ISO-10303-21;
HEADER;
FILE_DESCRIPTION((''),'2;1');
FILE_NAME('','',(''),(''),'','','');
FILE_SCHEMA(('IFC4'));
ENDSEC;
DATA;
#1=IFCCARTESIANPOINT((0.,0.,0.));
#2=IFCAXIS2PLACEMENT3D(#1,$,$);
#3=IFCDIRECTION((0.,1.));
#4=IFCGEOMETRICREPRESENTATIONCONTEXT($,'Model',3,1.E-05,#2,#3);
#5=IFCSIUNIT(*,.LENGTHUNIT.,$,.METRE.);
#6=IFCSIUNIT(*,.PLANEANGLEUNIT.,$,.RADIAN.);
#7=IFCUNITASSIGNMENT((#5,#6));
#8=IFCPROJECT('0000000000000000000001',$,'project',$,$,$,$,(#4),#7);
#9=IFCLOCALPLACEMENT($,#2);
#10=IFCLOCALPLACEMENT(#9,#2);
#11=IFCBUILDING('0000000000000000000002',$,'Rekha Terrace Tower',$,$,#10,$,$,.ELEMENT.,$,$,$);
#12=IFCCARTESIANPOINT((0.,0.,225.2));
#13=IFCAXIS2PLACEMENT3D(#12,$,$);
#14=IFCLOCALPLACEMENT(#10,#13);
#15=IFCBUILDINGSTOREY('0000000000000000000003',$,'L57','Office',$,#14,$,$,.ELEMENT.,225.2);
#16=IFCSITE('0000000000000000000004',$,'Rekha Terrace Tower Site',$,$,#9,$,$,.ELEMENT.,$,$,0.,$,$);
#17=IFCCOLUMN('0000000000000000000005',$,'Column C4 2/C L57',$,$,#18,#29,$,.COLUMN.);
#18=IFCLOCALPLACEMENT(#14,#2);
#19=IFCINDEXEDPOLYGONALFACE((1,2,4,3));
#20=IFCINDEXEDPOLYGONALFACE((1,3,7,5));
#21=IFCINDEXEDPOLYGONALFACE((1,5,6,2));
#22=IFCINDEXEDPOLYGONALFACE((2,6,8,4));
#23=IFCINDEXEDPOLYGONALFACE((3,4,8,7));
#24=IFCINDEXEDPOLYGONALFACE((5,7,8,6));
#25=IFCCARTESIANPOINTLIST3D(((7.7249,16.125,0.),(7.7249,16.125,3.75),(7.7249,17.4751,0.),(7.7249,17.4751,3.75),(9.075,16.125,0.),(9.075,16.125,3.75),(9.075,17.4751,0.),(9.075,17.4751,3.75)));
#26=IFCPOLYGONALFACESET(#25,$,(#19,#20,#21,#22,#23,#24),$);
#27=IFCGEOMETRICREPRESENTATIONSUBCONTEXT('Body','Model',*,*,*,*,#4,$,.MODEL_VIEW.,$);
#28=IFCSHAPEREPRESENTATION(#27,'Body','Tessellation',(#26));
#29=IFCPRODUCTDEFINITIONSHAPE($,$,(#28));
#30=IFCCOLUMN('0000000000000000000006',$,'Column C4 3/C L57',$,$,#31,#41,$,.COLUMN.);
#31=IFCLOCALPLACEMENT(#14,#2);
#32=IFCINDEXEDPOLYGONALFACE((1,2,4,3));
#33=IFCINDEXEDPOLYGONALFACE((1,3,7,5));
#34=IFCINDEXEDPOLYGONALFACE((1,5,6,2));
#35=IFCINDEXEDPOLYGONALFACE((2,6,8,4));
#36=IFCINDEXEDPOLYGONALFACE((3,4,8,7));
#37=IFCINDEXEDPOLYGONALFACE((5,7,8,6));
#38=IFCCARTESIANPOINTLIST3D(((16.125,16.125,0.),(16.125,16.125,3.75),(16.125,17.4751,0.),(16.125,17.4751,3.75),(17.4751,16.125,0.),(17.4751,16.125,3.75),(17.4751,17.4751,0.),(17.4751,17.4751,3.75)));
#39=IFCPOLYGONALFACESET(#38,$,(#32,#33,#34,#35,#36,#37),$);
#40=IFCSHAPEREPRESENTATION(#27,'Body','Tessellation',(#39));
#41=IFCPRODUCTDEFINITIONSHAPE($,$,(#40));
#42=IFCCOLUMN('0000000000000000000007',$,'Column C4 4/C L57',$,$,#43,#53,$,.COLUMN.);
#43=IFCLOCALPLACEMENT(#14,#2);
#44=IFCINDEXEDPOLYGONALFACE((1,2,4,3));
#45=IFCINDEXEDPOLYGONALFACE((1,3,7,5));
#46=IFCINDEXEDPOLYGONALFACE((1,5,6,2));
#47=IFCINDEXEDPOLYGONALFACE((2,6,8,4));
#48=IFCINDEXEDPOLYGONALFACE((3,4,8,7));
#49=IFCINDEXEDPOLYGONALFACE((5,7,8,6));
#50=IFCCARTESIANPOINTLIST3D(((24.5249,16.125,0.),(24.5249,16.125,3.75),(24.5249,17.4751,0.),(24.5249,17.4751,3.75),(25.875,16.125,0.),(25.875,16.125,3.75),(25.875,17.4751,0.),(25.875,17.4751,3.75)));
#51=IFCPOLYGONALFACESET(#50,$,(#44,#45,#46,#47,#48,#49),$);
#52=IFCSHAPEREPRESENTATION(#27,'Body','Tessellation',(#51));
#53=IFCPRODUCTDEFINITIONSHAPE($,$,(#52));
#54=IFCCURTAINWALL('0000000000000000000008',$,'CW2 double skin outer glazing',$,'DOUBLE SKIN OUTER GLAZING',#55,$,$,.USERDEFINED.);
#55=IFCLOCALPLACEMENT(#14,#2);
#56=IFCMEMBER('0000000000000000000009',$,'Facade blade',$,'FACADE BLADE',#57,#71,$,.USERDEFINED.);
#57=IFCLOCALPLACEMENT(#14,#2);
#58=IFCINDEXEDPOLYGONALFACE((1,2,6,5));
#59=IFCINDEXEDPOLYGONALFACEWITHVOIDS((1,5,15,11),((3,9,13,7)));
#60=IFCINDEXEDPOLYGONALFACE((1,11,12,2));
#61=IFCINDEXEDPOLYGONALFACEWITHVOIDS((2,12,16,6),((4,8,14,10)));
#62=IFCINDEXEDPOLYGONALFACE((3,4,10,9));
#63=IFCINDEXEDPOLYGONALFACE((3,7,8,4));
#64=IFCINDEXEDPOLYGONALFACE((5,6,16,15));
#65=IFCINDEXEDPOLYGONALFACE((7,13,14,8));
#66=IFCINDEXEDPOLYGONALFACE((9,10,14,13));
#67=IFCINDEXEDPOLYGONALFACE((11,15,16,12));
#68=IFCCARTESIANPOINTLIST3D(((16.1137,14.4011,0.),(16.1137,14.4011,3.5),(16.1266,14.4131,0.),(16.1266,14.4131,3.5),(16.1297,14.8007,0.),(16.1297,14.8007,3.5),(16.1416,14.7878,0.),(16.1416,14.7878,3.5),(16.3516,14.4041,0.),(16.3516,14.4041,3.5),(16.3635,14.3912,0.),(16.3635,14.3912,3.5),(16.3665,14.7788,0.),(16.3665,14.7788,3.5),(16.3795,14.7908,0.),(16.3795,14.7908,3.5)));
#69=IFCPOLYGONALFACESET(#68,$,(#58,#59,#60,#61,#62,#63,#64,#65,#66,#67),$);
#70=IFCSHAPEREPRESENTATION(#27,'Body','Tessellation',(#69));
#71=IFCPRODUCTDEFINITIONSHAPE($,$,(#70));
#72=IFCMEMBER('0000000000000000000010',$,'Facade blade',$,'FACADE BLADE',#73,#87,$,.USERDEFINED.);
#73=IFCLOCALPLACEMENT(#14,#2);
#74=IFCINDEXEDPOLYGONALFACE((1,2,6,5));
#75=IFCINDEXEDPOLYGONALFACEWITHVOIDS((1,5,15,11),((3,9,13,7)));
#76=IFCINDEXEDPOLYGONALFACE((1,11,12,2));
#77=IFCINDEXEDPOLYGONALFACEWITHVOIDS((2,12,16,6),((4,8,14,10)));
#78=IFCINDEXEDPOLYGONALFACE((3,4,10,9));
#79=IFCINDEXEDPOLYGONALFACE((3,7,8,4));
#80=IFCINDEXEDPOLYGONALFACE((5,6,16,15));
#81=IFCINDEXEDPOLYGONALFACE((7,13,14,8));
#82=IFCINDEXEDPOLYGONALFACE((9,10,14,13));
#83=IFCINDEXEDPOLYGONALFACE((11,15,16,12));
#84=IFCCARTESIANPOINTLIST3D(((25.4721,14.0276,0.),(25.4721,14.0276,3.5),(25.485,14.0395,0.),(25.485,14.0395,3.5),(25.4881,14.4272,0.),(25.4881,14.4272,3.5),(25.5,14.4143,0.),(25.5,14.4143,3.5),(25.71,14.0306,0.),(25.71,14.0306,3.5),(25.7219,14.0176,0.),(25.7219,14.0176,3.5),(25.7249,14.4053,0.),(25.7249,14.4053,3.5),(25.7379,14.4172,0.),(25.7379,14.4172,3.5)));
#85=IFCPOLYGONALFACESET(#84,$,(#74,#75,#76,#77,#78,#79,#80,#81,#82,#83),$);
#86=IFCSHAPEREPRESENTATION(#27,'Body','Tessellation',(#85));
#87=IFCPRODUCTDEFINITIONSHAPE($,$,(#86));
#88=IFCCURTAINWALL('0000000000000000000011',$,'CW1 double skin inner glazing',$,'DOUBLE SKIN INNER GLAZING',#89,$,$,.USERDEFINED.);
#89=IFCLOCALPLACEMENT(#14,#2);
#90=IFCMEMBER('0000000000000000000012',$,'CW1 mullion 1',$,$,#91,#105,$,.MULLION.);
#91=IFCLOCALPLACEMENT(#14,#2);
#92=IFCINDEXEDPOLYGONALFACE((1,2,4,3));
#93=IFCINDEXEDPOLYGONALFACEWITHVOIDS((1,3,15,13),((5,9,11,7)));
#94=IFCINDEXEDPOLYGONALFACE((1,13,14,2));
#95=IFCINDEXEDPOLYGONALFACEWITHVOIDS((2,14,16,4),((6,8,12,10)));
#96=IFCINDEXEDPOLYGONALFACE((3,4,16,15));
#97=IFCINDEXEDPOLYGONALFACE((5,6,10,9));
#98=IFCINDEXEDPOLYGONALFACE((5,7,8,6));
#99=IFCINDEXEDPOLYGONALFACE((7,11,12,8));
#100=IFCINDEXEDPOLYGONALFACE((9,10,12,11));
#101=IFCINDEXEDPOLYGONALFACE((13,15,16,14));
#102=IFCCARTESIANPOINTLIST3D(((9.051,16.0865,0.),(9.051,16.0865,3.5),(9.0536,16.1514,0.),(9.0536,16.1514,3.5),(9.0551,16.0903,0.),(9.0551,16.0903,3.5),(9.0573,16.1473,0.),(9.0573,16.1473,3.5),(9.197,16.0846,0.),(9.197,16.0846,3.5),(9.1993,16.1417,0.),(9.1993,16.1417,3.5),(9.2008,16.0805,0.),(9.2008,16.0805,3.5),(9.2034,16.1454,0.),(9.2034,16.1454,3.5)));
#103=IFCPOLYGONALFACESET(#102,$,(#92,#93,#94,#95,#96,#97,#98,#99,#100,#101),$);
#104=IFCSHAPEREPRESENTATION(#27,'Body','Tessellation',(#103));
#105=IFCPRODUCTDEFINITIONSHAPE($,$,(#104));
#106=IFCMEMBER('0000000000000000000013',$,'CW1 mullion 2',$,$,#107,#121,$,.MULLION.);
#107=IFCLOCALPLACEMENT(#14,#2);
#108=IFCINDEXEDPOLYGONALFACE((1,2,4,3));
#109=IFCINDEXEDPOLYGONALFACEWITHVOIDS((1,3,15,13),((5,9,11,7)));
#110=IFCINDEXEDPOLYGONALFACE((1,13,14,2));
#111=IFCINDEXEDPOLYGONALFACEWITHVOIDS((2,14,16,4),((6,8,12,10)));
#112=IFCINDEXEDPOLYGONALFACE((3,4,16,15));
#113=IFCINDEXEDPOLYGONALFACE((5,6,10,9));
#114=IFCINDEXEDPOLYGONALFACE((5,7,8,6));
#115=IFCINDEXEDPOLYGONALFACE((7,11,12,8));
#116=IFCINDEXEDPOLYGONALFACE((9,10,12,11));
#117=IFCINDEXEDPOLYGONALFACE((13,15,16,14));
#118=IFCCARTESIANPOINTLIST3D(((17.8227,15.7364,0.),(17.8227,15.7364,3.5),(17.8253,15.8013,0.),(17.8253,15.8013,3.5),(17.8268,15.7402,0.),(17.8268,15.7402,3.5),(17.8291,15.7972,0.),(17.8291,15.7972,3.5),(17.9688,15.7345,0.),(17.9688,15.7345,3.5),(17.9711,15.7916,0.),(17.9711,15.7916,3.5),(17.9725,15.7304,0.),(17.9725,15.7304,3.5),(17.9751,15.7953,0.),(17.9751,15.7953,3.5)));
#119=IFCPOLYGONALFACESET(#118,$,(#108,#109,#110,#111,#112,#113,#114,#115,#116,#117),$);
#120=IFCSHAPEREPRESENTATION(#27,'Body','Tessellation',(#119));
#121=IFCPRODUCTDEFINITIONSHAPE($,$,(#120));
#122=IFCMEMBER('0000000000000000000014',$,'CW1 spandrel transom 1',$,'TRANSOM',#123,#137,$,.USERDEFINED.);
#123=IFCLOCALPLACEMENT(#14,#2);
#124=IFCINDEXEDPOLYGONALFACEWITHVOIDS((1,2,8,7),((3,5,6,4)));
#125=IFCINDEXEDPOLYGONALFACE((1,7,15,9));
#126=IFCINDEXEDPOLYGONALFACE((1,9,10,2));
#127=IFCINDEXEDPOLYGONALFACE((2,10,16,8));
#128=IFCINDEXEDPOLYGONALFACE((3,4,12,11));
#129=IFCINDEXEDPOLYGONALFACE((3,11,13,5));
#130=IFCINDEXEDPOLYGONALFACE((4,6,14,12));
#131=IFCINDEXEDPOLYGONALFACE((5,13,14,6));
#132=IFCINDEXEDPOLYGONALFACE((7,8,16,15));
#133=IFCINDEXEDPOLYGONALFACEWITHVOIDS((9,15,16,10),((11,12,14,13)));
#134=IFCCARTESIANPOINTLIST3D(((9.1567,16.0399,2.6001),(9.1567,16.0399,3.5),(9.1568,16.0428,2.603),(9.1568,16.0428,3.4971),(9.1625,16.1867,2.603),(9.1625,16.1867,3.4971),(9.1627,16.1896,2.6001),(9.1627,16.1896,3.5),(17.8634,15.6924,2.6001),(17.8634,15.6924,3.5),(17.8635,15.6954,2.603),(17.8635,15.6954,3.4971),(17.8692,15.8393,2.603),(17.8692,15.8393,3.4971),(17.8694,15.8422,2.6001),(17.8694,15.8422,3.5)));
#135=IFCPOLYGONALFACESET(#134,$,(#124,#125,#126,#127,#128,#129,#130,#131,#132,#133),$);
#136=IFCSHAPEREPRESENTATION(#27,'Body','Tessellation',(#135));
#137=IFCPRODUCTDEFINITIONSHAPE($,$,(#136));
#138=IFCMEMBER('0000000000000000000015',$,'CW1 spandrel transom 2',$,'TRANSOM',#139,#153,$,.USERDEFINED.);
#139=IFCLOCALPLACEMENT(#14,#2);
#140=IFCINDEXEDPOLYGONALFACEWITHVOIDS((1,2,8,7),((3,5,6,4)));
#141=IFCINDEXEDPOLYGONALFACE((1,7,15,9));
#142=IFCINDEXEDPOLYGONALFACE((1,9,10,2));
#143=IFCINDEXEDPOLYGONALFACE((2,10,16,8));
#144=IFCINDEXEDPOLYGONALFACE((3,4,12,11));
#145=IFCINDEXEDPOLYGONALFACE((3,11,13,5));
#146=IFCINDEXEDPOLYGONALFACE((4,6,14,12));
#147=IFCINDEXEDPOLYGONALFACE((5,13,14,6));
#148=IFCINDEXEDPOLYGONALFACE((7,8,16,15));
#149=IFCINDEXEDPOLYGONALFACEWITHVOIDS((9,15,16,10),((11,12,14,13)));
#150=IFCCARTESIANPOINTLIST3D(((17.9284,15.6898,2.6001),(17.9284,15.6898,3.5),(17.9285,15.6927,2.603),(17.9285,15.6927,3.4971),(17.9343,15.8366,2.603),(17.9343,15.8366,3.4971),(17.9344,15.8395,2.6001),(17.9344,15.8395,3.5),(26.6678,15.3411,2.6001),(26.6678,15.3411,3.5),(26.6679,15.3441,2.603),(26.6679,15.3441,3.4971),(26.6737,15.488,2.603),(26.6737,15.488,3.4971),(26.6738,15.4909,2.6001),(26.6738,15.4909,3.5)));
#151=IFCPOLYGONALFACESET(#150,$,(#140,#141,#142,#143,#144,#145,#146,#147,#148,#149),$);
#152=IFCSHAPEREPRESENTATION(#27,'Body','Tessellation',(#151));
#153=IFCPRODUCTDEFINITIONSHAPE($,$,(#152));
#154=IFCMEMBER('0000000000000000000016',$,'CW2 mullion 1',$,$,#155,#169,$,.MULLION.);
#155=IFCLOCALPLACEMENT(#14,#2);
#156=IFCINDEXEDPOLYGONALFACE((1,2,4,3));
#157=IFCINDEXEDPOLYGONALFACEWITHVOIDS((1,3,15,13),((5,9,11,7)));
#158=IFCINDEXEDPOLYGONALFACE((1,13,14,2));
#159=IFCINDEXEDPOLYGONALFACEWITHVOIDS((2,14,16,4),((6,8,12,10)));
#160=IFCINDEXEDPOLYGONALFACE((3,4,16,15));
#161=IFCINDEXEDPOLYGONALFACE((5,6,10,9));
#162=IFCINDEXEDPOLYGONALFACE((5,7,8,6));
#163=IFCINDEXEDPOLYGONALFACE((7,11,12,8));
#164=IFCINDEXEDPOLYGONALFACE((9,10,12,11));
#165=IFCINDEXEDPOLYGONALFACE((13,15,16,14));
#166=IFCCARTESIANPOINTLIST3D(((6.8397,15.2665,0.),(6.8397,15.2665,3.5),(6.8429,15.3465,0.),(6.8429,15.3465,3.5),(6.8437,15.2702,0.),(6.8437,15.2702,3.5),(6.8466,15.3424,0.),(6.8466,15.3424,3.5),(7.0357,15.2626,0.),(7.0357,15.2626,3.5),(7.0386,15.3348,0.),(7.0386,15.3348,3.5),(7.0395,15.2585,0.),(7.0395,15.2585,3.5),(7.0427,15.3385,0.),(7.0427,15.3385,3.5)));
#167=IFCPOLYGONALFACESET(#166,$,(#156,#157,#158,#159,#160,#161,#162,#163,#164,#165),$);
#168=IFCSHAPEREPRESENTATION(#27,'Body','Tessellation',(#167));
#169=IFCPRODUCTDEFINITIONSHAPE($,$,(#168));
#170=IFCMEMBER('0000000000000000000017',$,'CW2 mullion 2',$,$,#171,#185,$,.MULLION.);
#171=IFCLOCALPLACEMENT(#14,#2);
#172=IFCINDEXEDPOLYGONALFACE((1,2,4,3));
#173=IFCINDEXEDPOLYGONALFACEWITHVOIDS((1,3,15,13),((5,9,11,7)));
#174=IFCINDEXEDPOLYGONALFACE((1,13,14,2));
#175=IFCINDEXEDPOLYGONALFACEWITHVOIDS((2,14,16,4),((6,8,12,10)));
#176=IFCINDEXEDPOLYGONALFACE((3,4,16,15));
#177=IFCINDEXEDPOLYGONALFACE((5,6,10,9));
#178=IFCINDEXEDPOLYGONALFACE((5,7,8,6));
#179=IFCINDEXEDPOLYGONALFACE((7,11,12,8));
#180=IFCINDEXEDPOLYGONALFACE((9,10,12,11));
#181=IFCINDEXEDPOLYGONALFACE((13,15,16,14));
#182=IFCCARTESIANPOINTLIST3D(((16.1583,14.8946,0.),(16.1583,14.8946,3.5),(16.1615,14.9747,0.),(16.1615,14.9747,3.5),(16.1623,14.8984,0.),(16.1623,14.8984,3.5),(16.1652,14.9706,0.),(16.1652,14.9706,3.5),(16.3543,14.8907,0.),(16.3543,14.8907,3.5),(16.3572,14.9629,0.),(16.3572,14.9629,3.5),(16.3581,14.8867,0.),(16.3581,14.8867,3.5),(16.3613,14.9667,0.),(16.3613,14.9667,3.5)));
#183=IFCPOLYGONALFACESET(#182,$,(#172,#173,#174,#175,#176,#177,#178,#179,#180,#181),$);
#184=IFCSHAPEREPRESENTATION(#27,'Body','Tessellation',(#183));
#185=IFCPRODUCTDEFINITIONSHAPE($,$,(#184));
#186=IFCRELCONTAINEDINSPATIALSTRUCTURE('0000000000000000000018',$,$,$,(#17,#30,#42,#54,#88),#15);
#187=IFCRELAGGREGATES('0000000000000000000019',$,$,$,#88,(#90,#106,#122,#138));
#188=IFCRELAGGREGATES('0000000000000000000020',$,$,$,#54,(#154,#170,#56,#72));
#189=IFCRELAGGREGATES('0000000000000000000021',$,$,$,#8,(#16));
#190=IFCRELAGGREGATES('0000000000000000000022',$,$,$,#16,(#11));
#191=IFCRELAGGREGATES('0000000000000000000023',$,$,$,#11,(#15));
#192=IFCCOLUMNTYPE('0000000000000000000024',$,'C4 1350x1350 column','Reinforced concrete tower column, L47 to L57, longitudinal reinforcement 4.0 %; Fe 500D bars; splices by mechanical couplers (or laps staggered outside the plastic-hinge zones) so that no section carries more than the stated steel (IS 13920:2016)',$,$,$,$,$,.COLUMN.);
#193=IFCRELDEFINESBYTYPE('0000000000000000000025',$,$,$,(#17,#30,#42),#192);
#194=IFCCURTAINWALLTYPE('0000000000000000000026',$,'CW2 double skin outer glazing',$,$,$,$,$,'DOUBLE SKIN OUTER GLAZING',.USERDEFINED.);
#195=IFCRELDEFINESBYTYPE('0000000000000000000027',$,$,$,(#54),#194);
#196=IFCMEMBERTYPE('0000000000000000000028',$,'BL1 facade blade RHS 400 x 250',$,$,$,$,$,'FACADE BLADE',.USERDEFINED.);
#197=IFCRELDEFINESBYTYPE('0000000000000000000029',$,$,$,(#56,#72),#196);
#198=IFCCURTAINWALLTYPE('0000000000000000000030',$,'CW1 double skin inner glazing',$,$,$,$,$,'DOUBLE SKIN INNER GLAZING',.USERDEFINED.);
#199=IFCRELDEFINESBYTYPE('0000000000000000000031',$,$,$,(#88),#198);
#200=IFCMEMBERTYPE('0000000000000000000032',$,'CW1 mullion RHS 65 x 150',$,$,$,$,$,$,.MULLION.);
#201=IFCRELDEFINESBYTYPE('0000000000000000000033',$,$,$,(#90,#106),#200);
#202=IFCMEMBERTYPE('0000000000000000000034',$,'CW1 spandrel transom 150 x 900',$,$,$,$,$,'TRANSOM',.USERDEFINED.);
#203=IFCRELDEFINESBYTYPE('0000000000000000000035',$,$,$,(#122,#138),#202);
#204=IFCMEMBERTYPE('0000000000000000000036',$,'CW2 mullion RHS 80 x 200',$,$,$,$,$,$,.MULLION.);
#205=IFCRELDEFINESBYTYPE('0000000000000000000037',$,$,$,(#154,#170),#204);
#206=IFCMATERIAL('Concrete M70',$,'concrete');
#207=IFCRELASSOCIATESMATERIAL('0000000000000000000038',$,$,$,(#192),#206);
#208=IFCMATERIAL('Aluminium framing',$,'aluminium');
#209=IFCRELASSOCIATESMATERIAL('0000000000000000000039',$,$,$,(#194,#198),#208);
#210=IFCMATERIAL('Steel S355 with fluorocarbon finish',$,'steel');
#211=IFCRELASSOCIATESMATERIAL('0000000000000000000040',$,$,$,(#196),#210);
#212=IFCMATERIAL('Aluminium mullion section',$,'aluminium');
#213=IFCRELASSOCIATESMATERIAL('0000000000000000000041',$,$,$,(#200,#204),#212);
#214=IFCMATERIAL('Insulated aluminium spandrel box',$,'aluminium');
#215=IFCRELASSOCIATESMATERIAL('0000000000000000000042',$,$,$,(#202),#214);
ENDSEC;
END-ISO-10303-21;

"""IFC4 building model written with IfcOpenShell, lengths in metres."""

from ifc_helpers import new_model, si_unit, direction, frame, origin, origin_2d, place, context, subcontext, project, spatial, rectangle, hollow_rectangle, extrude, material, material_profile, profile_set, type_object, element, aggregate, save


model = new_model("IFC4")

# Units and contexts
model_context = context("Model", 3, precision=1e-05, world=origin(), true_north=direction((0.0, 1.0)))
body_context = subcontext(model_context, "Body", "Model", "MODEL_VIEW")
ifc_project = project(units=[si_unit("LENGTHUNIT", "METRE"), si_unit("PLANEANGLEUNIT", "RADIAN")], contexts=[model_context])

# Site, building, storey
site_placement = place(None, origin())
site = spatial("IfcSite", under=ifc_project, at=site_placement, Name="Rekha Terrace Tower Site", CompositionType="ELEMENT", RefElevation=0.0)
building_placement = place(site_placement, origin())
building = spatial("IfcBuilding", under=site, at=building_placement, Name="Rekha Terrace Tower", CompositionType="ELEMENT")
storey_placement = place(building_placement, frame((0.0, 0.0, 225.2)))
storey = spatial("IfcBuildingStorey", under=building, at=storey_placement, Name="L57", Description="Office", CompositionType="ELEMENT", Elevation=225.2)

# Columns
ifc_material_1 = material(Name="Concrete M70", Category="concrete")
ifc_material_profile_1 = material_profile(ifc_material_1, rectangle(XDim=1.3501, YDim=1.3501, at=origin_2d()), Name="RC 1350x1350")
ifc_profile_set_1 = profile_set([ifc_material_profile_1], Name="Concrete M70")
column_type = type_object("IfcColumnType", Name="C4 1350x1350 column", Description="Reinforced concrete tower column, L47 to L57, longitudinal reinforcement 4.0 %; Fe 500D bars; splices by mechanical couplers (or laps staggered outside the plastic-hinge zones) so that no section carries more than the stated steel (IS 13920:2016)", PredefinedType="COLUMN", material=ifc_profile_set_1)
for number, where, z_axis, x_axis, name in (
    (1, (8.3999, 16.8, 0.0), (0.0, 0.0, 1.0), (1.0, 0.0, 0.0), "Column C4 2/C L57"),
    (2, (16.8, 16.8, 0.0), (0.0, 0.0, 1.0), (1.0, 0.0, 0.0), "Column C4 3/C L57"),
    (3, (25.2, 16.8, 0.0), (0.0, 0.0, 1.0), (1.0, 0.0, 0.0), "Column C4 4/C L57"),
):
    element("IfcColumn", number, at=place(storey_placement, frame(where, z_axis=z_axis, x_axis=x_axis)), inside=storey, type_object=column_type, Name=name, PredefinedType="COLUMN", context=body_context, shape_type="SweptSolid", body=[
        extrude(rectangle(XDim=1.3501, YDim=1.3501, at=origin_2d()), origin(), (0.0, 0.0, 1.0), 3.75),
    ])

# Curtain walls, members
ifc_material_2 = material(Name="Aluminium framing", Category="aluminium")
curtain_wall_type_1 = type_object("IfcCurtainWallType", Name="CW2 double skin outer glazing", ElementType="DOUBLE SKIN OUTER GLAZING", PredefinedType="USERDEFINED", material=ifc_material_2)
curtain_wall_1_placement = place(storey_placement, origin())
curtain_wall_1 = element("IfcCurtainWall", 4, at=curtain_wall_1_placement, inside=storey, type_object=curtain_wall_type_1, Name="CW2 double skin outer glazing", ObjectType="DOUBLE SKIN OUTER GLAZING", PredefinedType="USERDEFINED")
ifc_material_3 = material(Name="Steel S355 with fluorocarbon finish", Category="steel")
ifc_material_profile_2 = material_profile(ifc_material_3, hollow_rectangle(XDim=0.25, YDim=0.3999, WallThickness=0.0125, at=origin_2d()), Name="RHS400x250x12.5")
ifc_profile_set_2 = profile_set([ifc_material_profile_2], Name="Steel S355 with fluorocarbon finish")
member_type_1 = type_object("IfcMemberType", Name="BL1 facade blade RHS 400 x 250", ElementType="FACADE BLADE", PredefinedType="USERDEFINED", material=ifc_profile_set_2)
member_1_placement = place(storey_placement, frame((16.2466, 14.5959, 0.0), z_axis=(0.0, 0.0, 1.0), x_axis=(0.999205, -0.039872, 0.0)))
member_1 = element("IfcMember", 5, at=member_1_placement, type_object=member_type_1, Name="Facade blade", ObjectType="FACADE BLADE", PredefinedType="USERDEFINED", context=body_context, shape_type="SweptSolid", body=[
    extrude(hollow_rectangle(XDim=0.25, YDim=0.3999, WallThickness=0.0125, at=origin_2d()), origin(), (0.0, 0.0, 1.0), 3.5),
])
member_2_placement = place(storey_placement, frame((25.605, 14.2224, 0.0), z_axis=(0.0, 0.0, 1.0), x_axis=(0.999205, -0.039872, 0.0)))
member_2 = element("IfcMember", 6, at=member_2_placement, type_object=member_type_1, Name="Facade blade", ObjectType="FACADE BLADE", PredefinedType="USERDEFINED", context=body_context, shape_type="SweptSolid", body=[
    extrude(hollow_rectangle(XDim=0.25, YDim=0.3999, WallThickness=0.0125, at=origin_2d()), origin(), (0.0, 0.0, 1.0), 3.5),
])
curtain_wall_type_2 = type_object("IfcCurtainWallType", Name="CW1 double skin inner glazing", ElementType="DOUBLE SKIN INNER GLAZING", PredefinedType="USERDEFINED", material=ifc_material_2)
curtain_wall_2_placement = place(storey_placement, origin())
curtain_wall_2 = element("IfcCurtainWall", 7, at=curtain_wall_2_placement, inside=storey, type_object=curtain_wall_type_2, Name="CW1 double skin inner glazing", ObjectType="DOUBLE SKIN INNER GLAZING", PredefinedType="USERDEFINED")
ifc_material_4 = material(Name="Aluminium mullion section", Category="aluminium")
ifc_material_profile_3 = material_profile(ifc_material_4, hollow_rectangle(XDim=0.0649, YDim=0.1499, WallThickness=0.0039, at=origin_2d()), Name="AL RHS 65x150")
ifc_profile_set_3 = profile_set([ifc_material_profile_3], Name="Aluminium mullion section")
member_type_2 = type_object("IfcMemberType", Name="CW1 mullion RHS 65 x 150", PredefinedType="MULLION", material=ifc_profile_set_3)
member_3_placement = place(storey_placement, frame((9.1272, 16.116, 0.0), z_axis=(0.0, 0.0, 1.0), x_axis=(0.039872, 0.999205, 0.0)))
member_3 = element("IfcMember", 8, at=member_3_placement, type_object=member_type_2, Name="CW1 mullion 1", PredefinedType="MULLION", context=body_context, shape_type="SweptSolid", body=[
    extrude(hollow_rectangle(XDim=0.0649, YDim=0.1499, WallThickness=0.0039, at=origin_2d()), origin(), (0.0, 0.0, 1.0), 3.5),
])
member_4_placement = place(storey_placement, frame((17.8989, 15.7659, 0.0), z_axis=(0.0, 0.0, 1.0), x_axis=(0.039872, 0.999205, 0.0)))
member_4 = element("IfcMember", 9, at=member_4_placement, type_object=member_type_2, Name="CW1 mullion 2", PredefinedType="MULLION", context=body_context, shape_type="SweptSolid", body=[
    extrude(hollow_rectangle(XDim=0.0649, YDim=0.1499, WallThickness=0.0039, at=origin_2d()), origin(), (0.0, 0.0, 1.0), 3.5),
])
ifc_material_5 = material(Name="Insulated aluminium spandrel box", Category="aluminium")
ifc_material_profile_4 = material_profile(ifc_material_5, hollow_rectangle(XDim=0.1499, YDim=0.8999, WallThickness=0.0029, at=origin_2d()), Name="AL SPANDREL BOX 150x900")
ifc_profile_set_4 = profile_set([ifc_material_profile_4], Name="Insulated aluminium spandrel box")
member_type_3 = type_object("IfcMemberType", Name="CW1 spandrel transom 150 x 900", ElementType="TRANSOM", PredefinedType="USERDEFINED", material=ifc_profile_set_4)
member_5_placement = place(storey_placement, frame((9.1597, 16.1147, 3.05), z_axis=(0.999205, -0.03987, 0.0), x_axis=(0.03987, 0.999205, 0.0)))
member_5 = element("IfcMember", 10, at=member_5_placement, type_object=member_type_3, Name="CW1 spandrel transom 1", ObjectType="TRANSOM", PredefinedType="USERDEFINED", context=body_context, shape_type="SweptSolid", body=[
    extrude(hollow_rectangle(XDim=0.1499, YDim=0.8999, WallThickness=0.0029, at=origin_2d()), origin(), (0.0, 0.0, 1.0), 8.7136),
])
member_6_placement = place(storey_placement, frame((17.9314, 15.7646, 3.05), z_axis=(0.999205, -0.03986, 0.0), x_axis=(0.03986, 0.999205, 0.0)))
member_6 = element("IfcMember", 11, at=member_6_placement, type_object=member_type_3, Name="CW1 spandrel transom 2", ObjectType="TRANSOM", PredefinedType="USERDEFINED", context=body_context, shape_type="SweptSolid", body=[
    extrude(hollow_rectangle(XDim=0.1499, YDim=0.8999, WallThickness=0.0029, at=origin_2d()), origin(), (0.0, 0.0, 1.0), 8.7463),
])

# Members
ifc_material_profile_5 = material_profile(ifc_material_4, hollow_rectangle(XDim=0.0801, YDim=0.2, WallThickness=0.0039, at=origin_2d()), Name="AL RHS 80x200")
ifc_profile_set_5 = profile_set([ifc_material_profile_5], Name="Aluminium mullion section")
member_type_4 = type_object("IfcMemberType", Name="CW2 mullion RHS 80 x 200", PredefinedType="MULLION", material=ifc_profile_set_5)
member_7_placement = place(storey_placement, frame((6.9412, 15.3025, 0.0), z_axis=(0.0, 0.0, 1.0), x_axis=(0.039872, 0.999205, 0.0)))
member_7 = element("IfcMember", 12, at=member_7_placement, type_object=member_type_4, Name="CW2 mullion 1", PredefinedType="MULLION", context=body_context, shape_type="SweptSolid", body=[
    extrude(hollow_rectangle(XDim=0.0801, YDim=0.2, WallThickness=0.0039, at=origin_2d()), origin(), (0.0, 0.0, 1.0), 3.5),
])
member_8_placement = place(storey_placement, frame((16.2598, 14.9307, 0.0), z_axis=(0.0, 0.0, 1.0), x_axis=(0.039872, 0.999205, 0.0)))
member_8 = element("IfcMember", 13, at=member_8_placement, type_object=member_type_4, Name="CW2 mullion 2", PredefinedType="MULLION", context=body_context, shape_type="SweptSolid", body=[
    extrude(hollow_rectangle(XDim=0.0801, YDim=0.2, WallThickness=0.0039, at=origin_2d()), origin(), (0.0, 0.0, 1.0), 3.5),
])

aggregate(curtain_wall_2, [member_3, member_4, member_5, member_6])
aggregate(curtain_wall_1, [member_7, member_8, member_1, member_2])

save(model, "model.ifc")
